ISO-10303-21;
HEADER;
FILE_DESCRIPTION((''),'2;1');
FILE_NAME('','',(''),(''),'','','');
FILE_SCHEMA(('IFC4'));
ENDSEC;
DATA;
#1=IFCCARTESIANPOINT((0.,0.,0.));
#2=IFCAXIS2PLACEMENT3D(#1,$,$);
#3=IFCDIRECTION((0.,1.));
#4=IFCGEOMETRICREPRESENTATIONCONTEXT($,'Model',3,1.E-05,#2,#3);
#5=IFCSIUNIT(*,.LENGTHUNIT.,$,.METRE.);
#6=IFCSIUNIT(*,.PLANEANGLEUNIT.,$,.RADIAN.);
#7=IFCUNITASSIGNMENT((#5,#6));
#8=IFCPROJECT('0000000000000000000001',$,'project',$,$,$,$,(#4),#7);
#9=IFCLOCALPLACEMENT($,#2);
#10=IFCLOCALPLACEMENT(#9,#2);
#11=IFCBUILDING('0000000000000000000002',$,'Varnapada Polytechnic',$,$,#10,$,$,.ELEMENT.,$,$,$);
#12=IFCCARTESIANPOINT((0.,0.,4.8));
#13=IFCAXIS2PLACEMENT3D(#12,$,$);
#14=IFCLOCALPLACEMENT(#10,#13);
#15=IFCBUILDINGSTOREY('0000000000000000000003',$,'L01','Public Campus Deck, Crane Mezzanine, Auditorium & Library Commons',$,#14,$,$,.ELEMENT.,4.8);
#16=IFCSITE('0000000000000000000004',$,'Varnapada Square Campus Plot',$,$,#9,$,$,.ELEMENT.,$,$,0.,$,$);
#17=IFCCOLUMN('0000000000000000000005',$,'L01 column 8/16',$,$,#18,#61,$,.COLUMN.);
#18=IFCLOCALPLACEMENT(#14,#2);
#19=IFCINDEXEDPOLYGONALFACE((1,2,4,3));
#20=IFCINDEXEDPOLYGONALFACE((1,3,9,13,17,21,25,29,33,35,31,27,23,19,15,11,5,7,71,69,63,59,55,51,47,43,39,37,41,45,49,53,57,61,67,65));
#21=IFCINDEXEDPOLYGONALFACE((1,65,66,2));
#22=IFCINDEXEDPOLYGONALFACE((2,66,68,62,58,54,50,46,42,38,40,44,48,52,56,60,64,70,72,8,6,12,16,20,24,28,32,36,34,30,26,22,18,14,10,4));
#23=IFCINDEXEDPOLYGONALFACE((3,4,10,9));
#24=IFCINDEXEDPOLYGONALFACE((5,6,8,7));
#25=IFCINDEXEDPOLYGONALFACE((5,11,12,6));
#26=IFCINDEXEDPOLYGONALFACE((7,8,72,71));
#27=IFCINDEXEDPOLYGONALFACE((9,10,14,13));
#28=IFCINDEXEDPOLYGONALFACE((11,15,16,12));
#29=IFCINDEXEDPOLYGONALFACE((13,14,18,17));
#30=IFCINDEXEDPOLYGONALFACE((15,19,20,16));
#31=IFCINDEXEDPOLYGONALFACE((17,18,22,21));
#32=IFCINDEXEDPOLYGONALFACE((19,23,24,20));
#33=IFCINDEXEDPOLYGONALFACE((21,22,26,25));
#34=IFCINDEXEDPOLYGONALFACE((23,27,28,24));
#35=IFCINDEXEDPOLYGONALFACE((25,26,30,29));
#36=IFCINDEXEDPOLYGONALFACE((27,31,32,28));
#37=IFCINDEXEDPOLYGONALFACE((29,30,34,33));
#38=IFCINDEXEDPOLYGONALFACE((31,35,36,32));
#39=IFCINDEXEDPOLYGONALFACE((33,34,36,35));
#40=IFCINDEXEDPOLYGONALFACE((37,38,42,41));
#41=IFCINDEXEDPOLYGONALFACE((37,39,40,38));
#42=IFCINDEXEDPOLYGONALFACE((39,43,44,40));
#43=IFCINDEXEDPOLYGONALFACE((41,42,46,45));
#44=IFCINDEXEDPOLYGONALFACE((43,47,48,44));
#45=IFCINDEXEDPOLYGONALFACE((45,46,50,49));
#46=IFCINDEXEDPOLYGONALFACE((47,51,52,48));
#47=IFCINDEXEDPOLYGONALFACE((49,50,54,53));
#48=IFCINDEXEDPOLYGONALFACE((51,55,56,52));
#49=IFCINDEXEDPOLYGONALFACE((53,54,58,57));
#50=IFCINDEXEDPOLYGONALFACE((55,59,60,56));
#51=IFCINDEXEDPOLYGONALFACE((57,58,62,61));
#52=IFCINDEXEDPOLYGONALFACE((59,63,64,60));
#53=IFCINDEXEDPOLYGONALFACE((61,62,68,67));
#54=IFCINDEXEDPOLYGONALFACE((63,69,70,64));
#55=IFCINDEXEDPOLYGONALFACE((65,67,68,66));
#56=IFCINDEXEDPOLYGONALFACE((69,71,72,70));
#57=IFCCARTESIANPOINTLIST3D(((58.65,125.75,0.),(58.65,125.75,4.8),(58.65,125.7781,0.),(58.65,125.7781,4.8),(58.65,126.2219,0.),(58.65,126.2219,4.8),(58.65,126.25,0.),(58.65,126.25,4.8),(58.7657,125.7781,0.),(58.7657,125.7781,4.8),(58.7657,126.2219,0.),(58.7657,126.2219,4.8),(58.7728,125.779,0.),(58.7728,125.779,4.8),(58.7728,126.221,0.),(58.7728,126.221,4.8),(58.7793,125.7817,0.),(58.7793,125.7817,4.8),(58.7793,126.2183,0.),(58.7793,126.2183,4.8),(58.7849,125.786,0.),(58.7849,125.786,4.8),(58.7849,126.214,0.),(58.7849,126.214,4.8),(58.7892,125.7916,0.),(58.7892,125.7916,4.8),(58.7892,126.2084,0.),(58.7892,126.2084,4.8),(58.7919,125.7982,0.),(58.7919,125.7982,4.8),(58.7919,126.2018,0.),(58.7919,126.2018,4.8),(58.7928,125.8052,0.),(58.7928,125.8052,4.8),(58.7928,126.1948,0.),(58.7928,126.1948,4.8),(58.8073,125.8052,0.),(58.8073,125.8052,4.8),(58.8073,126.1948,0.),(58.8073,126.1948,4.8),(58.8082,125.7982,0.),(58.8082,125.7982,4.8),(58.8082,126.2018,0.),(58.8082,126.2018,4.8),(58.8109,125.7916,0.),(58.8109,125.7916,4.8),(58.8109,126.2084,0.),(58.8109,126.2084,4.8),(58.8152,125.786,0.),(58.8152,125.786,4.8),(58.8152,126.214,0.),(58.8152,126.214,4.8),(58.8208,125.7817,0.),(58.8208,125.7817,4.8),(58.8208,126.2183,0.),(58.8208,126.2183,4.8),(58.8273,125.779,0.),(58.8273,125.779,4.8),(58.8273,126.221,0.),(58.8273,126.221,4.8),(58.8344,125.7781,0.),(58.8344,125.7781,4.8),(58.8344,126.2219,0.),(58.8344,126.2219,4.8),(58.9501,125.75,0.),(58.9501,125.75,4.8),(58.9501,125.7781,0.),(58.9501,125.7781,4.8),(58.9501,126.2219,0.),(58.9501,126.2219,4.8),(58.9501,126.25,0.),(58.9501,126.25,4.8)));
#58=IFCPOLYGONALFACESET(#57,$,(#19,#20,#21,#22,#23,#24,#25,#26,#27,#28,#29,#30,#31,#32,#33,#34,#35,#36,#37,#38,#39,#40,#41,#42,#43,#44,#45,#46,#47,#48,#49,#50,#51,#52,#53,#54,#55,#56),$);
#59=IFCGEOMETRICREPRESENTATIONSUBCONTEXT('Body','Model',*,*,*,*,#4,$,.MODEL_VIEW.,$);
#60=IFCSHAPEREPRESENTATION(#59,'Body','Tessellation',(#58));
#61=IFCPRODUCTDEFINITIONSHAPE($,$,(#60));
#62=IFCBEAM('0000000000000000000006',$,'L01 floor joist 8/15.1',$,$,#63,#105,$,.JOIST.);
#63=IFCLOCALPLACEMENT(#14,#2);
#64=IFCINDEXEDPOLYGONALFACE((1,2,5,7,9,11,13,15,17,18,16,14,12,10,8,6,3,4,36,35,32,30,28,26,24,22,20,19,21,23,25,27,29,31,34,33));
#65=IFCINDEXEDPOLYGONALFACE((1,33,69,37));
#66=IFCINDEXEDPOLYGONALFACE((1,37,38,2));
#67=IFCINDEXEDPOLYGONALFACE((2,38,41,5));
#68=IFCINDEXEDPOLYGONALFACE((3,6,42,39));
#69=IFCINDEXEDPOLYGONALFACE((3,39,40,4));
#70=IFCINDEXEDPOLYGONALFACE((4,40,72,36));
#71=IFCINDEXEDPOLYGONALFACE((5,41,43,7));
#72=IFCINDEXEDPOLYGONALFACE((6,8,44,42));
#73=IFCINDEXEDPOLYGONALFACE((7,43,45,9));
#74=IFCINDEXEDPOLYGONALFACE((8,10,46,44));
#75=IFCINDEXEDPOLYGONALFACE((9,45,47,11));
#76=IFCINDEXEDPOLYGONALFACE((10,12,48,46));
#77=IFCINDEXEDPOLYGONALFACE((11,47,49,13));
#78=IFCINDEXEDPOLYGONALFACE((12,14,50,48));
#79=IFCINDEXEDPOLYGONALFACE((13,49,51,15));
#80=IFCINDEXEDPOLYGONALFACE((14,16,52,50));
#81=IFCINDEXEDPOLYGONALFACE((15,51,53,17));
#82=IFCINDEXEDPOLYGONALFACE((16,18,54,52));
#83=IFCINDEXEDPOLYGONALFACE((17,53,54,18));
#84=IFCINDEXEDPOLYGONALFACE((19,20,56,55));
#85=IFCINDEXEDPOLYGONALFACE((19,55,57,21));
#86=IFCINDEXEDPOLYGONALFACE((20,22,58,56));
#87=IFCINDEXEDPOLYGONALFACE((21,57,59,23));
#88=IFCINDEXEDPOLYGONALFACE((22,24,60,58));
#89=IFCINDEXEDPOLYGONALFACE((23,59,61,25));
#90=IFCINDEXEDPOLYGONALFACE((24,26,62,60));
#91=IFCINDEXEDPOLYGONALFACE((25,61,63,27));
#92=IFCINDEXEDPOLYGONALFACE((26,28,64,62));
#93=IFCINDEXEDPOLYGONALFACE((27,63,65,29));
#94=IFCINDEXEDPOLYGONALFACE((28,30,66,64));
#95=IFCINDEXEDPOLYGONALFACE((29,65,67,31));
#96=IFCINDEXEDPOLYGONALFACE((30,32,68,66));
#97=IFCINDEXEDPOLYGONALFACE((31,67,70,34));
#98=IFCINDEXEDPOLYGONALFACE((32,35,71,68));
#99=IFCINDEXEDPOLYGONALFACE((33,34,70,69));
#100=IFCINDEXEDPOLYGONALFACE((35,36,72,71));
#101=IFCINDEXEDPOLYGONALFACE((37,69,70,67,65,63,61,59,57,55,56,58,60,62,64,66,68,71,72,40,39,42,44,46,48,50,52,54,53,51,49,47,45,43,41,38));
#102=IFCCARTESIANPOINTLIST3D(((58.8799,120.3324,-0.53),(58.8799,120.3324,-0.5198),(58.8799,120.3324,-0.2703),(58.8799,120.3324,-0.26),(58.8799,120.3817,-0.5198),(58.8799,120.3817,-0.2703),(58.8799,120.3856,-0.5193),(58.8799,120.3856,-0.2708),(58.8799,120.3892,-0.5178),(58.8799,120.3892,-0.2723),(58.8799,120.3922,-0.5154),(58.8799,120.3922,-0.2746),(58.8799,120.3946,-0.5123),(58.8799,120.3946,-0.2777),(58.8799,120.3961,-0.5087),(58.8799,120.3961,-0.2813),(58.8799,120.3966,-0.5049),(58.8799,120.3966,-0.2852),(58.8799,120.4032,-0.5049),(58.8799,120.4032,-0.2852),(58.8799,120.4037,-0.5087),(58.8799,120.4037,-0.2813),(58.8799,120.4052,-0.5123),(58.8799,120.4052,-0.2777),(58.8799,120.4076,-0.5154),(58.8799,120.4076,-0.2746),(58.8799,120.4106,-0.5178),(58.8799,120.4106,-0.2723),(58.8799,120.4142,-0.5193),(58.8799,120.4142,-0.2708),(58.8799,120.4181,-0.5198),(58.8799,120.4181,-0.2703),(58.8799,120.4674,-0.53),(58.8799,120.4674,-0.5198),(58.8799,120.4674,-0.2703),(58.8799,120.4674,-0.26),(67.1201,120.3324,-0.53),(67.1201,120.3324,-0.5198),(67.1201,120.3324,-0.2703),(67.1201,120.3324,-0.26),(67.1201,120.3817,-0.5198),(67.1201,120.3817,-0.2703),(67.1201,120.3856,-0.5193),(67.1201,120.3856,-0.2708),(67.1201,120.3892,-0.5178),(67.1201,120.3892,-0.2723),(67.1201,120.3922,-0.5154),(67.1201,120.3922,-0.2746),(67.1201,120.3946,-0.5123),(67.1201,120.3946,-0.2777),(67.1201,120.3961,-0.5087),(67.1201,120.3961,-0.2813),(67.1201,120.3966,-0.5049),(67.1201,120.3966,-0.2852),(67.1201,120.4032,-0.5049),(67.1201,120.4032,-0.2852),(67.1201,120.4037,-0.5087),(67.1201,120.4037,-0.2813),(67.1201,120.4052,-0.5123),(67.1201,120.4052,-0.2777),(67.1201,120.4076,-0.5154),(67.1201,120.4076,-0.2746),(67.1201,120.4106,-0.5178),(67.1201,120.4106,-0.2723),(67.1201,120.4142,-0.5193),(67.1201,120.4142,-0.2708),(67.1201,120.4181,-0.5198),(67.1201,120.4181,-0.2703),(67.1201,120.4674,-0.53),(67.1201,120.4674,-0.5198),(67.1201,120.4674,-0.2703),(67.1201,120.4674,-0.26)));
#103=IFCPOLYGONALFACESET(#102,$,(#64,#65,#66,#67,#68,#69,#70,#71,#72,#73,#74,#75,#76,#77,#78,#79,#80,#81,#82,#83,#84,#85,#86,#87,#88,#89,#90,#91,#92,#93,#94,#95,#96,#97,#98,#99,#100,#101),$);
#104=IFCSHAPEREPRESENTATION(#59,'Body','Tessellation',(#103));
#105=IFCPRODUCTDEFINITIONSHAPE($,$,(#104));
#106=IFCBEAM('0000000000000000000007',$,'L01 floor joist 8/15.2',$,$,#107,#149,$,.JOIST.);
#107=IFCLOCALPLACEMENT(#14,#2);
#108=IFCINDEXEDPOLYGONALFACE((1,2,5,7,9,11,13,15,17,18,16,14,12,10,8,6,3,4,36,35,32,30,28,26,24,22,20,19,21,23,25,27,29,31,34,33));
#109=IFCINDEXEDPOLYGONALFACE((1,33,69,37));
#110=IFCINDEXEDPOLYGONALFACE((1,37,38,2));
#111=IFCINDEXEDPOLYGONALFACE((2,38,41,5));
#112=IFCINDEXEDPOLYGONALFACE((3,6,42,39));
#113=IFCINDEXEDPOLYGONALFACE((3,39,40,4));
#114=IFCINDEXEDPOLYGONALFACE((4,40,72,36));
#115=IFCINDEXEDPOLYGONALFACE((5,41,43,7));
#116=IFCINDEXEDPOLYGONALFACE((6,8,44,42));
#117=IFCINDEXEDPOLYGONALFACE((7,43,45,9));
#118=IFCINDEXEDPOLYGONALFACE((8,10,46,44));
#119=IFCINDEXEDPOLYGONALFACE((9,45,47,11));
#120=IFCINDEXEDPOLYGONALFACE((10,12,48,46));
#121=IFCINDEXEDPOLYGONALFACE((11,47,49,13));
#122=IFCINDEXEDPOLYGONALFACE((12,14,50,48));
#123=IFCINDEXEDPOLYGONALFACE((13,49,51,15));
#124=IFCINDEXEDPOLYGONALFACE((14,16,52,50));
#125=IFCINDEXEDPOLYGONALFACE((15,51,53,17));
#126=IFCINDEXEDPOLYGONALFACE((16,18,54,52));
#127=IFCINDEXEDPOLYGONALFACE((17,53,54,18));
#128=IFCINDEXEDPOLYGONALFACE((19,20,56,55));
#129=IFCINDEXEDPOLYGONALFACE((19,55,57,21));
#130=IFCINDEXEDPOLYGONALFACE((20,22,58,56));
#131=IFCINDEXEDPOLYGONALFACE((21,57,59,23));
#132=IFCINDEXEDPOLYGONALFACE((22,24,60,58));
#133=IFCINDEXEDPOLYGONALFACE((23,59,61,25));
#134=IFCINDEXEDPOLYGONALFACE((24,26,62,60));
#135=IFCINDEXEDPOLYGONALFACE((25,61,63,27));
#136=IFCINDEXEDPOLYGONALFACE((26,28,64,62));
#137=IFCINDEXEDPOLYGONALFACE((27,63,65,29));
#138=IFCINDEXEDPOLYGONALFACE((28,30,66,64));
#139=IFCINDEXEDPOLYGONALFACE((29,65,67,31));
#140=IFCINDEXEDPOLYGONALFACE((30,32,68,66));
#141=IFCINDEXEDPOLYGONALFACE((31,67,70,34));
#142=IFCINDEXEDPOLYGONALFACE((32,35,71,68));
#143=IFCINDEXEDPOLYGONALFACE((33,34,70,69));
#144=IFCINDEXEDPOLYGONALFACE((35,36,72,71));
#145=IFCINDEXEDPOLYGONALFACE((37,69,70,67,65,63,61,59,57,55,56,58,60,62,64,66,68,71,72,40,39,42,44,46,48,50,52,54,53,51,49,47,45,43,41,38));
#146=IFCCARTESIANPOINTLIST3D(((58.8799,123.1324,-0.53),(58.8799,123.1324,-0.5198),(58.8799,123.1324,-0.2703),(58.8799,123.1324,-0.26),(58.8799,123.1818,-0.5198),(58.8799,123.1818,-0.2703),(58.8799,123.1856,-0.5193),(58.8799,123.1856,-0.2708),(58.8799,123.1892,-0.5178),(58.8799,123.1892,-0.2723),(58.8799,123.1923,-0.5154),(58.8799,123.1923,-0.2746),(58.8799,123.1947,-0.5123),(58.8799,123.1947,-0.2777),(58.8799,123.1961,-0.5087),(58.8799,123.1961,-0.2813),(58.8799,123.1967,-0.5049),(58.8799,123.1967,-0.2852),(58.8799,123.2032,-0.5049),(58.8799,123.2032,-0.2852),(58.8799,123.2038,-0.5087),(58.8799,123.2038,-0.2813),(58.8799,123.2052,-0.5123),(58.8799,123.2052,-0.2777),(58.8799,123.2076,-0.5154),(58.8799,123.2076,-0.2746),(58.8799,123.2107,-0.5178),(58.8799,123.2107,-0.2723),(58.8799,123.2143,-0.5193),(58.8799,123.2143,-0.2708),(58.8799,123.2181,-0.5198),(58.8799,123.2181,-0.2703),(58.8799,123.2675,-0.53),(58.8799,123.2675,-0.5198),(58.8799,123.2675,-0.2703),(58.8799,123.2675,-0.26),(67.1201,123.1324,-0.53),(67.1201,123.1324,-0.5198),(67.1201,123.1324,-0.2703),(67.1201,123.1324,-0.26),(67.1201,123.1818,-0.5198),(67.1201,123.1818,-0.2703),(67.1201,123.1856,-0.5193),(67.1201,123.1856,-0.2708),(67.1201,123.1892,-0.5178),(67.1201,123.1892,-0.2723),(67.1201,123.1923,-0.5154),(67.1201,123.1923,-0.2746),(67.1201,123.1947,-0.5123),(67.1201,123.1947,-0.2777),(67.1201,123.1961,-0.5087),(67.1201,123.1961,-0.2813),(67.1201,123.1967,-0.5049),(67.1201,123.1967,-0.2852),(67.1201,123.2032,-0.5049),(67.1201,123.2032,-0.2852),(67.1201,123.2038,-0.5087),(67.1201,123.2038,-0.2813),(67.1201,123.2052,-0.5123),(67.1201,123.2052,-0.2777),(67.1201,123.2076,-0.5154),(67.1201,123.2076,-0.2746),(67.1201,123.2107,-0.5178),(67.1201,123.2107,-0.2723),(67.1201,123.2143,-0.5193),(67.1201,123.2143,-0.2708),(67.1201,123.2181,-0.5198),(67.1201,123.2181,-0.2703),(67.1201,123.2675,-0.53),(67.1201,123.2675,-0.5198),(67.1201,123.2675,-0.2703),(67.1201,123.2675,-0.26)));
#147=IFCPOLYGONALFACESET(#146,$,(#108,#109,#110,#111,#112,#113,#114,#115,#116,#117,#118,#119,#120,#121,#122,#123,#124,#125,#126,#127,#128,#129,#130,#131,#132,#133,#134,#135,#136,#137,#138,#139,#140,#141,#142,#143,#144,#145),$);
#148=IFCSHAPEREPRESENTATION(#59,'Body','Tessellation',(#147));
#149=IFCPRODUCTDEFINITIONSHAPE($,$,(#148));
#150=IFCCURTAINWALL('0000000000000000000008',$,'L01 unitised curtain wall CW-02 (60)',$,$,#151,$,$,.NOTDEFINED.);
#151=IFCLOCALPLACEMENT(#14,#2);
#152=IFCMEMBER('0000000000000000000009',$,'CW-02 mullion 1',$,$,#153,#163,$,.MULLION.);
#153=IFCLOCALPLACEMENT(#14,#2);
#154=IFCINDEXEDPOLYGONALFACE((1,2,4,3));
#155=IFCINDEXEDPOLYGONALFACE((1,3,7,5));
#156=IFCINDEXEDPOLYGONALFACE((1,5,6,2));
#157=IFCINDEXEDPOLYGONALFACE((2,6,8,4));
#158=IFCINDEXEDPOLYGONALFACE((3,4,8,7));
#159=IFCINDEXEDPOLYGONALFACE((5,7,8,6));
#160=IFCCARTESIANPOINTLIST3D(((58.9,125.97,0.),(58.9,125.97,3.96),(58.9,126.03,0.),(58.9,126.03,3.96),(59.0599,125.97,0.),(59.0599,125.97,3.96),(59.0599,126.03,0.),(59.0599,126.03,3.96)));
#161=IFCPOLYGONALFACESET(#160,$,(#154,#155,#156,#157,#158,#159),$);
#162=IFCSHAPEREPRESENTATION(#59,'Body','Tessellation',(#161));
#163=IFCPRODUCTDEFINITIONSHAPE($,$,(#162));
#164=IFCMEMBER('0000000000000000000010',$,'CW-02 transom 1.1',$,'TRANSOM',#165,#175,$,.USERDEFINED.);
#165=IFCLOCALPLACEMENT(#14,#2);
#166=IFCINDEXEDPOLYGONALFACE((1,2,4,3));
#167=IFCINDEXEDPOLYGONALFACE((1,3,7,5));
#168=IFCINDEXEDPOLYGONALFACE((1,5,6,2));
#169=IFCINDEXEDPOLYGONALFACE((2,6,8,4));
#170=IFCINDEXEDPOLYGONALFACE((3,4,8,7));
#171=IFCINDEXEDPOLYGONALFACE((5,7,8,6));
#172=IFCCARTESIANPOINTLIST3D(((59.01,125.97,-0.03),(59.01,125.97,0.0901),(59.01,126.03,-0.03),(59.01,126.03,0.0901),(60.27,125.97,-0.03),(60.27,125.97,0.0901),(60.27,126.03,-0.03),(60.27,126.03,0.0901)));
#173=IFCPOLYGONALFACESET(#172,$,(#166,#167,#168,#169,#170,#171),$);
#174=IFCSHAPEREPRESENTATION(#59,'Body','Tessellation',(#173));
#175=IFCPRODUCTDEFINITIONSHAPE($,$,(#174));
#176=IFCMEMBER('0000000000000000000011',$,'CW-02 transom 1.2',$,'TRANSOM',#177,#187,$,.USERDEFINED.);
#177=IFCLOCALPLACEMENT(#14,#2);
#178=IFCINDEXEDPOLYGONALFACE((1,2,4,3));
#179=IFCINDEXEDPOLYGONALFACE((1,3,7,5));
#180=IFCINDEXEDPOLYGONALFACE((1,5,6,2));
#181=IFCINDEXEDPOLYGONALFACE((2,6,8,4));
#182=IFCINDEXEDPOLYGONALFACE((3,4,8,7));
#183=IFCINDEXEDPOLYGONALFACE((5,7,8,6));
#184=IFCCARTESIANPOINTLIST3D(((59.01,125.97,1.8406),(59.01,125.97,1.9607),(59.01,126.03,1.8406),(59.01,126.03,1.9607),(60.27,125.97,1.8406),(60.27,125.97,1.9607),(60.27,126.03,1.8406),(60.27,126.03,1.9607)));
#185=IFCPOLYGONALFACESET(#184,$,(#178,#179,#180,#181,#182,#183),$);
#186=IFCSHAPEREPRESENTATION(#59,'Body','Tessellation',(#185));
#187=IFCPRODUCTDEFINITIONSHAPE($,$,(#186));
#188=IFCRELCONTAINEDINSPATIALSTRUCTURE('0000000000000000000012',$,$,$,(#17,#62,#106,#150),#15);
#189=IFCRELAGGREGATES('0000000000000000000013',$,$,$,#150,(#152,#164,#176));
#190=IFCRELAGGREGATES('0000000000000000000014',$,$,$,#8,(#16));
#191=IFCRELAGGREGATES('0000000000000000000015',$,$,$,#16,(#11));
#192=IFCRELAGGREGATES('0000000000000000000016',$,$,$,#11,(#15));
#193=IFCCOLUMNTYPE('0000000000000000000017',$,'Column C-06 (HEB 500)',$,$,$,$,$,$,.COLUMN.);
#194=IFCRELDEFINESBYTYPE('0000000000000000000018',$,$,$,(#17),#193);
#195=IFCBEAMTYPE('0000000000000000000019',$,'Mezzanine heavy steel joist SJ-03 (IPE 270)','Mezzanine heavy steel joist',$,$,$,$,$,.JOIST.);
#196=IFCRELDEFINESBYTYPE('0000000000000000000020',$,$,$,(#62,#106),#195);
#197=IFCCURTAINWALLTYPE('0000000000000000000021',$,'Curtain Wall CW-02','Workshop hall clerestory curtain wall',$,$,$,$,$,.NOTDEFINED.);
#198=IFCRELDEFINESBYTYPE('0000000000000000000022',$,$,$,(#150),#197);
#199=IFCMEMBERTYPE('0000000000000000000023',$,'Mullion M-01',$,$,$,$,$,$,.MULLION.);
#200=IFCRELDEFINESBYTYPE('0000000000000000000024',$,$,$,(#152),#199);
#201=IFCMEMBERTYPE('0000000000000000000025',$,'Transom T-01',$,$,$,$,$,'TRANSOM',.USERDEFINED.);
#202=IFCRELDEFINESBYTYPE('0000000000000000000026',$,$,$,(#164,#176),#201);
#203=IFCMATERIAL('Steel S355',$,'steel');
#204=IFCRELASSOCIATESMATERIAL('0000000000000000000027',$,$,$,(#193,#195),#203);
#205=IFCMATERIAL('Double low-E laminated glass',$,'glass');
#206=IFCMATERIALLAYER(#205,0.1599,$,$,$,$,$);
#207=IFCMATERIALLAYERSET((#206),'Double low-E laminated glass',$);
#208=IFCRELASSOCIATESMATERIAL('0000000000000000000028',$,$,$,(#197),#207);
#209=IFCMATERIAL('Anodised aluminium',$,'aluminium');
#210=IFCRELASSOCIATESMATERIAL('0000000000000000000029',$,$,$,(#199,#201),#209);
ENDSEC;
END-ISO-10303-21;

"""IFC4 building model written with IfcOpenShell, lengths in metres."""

from ifc_helpers import new_model, si_unit, direction, frame, origin, origin_2d, place, context, subcontext, project, spatial, rectangle, i_section, extrude, material, layer, layer_set, material_profile, profile_set, type_object, element, aggregate, save


model = new_model("IFC4")

# Units and contexts
model_context = context("Model", 3, precision=1e-05, world=origin(), true_north=direction((0.0, 1.0)))
body_context = subcontext(model_context, "Body", "Model", "MODEL_VIEW")
ifc_project = project(units=[si_unit("LENGTHUNIT", "METRE"), si_unit("PLANEANGLEUNIT", "RADIAN")], contexts=[model_context])

# Site, building, storey
site_placement = place(None, origin())
site = spatial("IfcSite", under=ifc_project, at=site_placement, Name="Varnapada Square Campus Plot", CompositionType="ELEMENT", RefElevation=0.0)
building_placement = place(site_placement, origin())
building = spatial("IfcBuilding", under=site, at=building_placement, Name="Varnapada Polytechnic", CompositionType="ELEMENT")
storey_placement = place(building_placement, frame((0.0, 0.0, 4.8)))
storey = spatial("IfcBuildingStorey", under=building, at=storey_placement, Name="L01", Description="Public Campus Deck, Crane Mezzanine, Auditorium & Library Commons", CompositionType="ELEMENT", Elevation=4.8)

# Column
ifc_material_1 = material(Name="Steel S355", Category="steel")
ifc_material_profile_1 = material_profile(ifc_material_1, i_section(OverallWidth=0.3, OverallDepth=0.5, WebThickness=0.0144, FlangeThickness=0.0281, FilletRadius=0.0271, at=origin_2d()), Name="HEB 500")
ifc_profile_set_1 = profile_set([ifc_material_profile_1], Name="Steel S355")
column_type = type_object("IfcColumnType", Name="Column C-06 (HEB 500)", PredefinedType="COLUMN", material=ifc_profile_set_1)
column_placement = place(storey_placement, frame((58.8, 126.0, 0.0), z_axis=(0.0, 0.0, 1.0), x_axis=(1.0, 0.0, 0.0)))
element("IfcColumn", 1, at=column_placement, inside=storey, type_object=column_type, Name="L01 column 8/16", PredefinedType="COLUMN", context=body_context, shape_type="SweptSolid", body=[
    extrude(i_section(OverallWidth=0.3, OverallDepth=0.5, WebThickness=0.0144, FlangeThickness=0.0281, FilletRadius=0.0271, at=origin_2d()), origin(), (0.0, 0.0, 1.0), 4.8),
])

# Beams
ifc_material_profile_2 = material_profile(ifc_material_1, i_section(OverallWidth=0.135, OverallDepth=0.27, WebThickness=0.0066, FlangeThickness=0.0103, FilletRadius=0.0149, at=origin_2d()), Name="IPE 270")
ifc_profile_set_2 = profile_set([ifc_material_profile_2], Name="Steel S355")
beam_type_1 = type_object("IfcBeamType", Name="Mezzanine heavy steel joist SJ-03 (IPE 270)", Description="Mezzanine heavy steel joist", PredefinedType="JOIST", material=ifc_profile_set_2)
for number, where, z_axis, x_axis, name in (
    (2, (58.8799, 120.3999, -0.395), (1.0, 0.0, 0.0), (0.0, 1.0, 0.0), "L01 floor joist 8/15.1"),
    (3, (58.8799, 123.2, -0.395), (1.0, 0.0, 0.0), (0.0, 1.0, 0.0), "L01 floor joist 8/15.2"),
):
    element("IfcBeam", number, at=place(storey_placement, frame(where, z_axis=z_axis, x_axis=x_axis)), inside=storey, type_object=beam_type_1, Name=name, PredefinedType="JOIST", context=body_context, shape_type="SweptSolid", body=[
        extrude(i_section(OverallWidth=0.135, OverallDepth=0.27, WebThickness=0.0066, FlangeThickness=0.0103, FilletRadius=0.0149, at=origin_2d()), origin(), (0.0, 0.0, 1.0), 8.2402),
    ])

# Curtain wall, members
ifc_material_2 = material(Name="Double low-E laminated glass", Category="glass")
ifc_layer_1 = layer(ifc_material_2, 0.1599)
ifc_layer_set_1 = layer_set([ifc_layer_1], Name="Double low-E laminated glass")
curtain_wall_type = type_object("IfcCurtainWallType", Name="Curtain Wall CW-02", Description="Workshop hall clerestory curtain wall", PredefinedType="NOTDEFINED", material=ifc_layer_set_1)
curtain_wall_placement = place(storey_placement, origin())
curtain_wall = element("IfcCurtainWall", 4, at=curtain_wall_placement, inside=storey, type_object=curtain_wall_type, Name="L01 unitised curtain wall CW-02 (60)", PredefinedType="NOTDEFINED")
ifc_material_3 = material(Name="Anodised aluminium", Category="aluminium")
ifc_material_profile_3 = material_profile(ifc_material_3, rectangle(XDim=0.0601, YDim=0.1599, at=origin_2d()), Name="ALU M60x160")
ifc_profile_set_3 = profile_set([ifc_material_profile_3], Name="Anodised aluminium")
member_type_1 = type_object("IfcMemberType", Name="Mullion M-01", PredefinedType="MULLION", material=ifc_profile_set_3)
member_1_placement = place(storey_placement, frame((58.98, 126.0, 0.0), z_axis=(0.0, 0.0, 1.0), x_axis=(0.0, 1.0, 0.0)))
member_1 = element("IfcMember", 5, at=member_1_placement, type_object=member_type_1, Name="CW-02 mullion 1", PredefinedType="MULLION", context=body_context, shape_type="SweptSolid", body=[
    extrude(rectangle(XDim=0.0601, YDim=0.1599, at=origin_2d()), origin(), (0.0, 0.0, 1.0), 3.96),
])
ifc_material_profile_4 = material_profile(ifc_material_3, rectangle(XDim=0.0601, YDim=0.1201, at=origin_2d()), Name="ALU T60x120")
ifc_profile_set_4 = profile_set([ifc_material_profile_4], Name="Anodised aluminium")
member_type_2 = type_object("IfcMemberType", Name="Transom T-01", ElementType="TRANSOM", PredefinedType="USERDEFINED", material=ifc_profile_set_4)
member_2_placement = place(storey_placement, frame((59.01, 126.0, 0.03), z_axis=(1.0, 0.0, 0.0), x_axis=(0.0, 1.0, 0.0)))
member_2 = element("IfcMember", 6, at=member_2_placement, type_object=member_type_2, Name="CW-02 transom 1.1", ObjectType="TRANSOM", PredefinedType="USERDEFINED", context=body_context, shape_type="SweptSolid", body=[
    extrude(rectangle(XDim=0.0601, YDim=0.1201, at=origin_2d()), origin(), (0.0, 0.0, 1.0), 1.26),
])
member_3_placement = place(storey_placement, frame((59.01, 126.0, 1.9006), z_axis=(1.0, 0.0, 0.0), x_axis=(0.0, 1.0, 0.0)))
member_3 = element("IfcMember", 7, at=member_3_placement, type_object=member_type_2, Name="CW-02 transom 1.2", ObjectType="TRANSOM", PredefinedType="USERDEFINED", context=body_context, shape_type="SweptSolid", body=[
    extrude(rectangle(XDim=0.0601, YDim=0.1201, at=origin_2d()), origin(), (0.0, 0.0, 1.0), 1.26),
])
aggregate(curtain_wall, [member_1, member_2, member_3])

save(model, "model.ifc")
